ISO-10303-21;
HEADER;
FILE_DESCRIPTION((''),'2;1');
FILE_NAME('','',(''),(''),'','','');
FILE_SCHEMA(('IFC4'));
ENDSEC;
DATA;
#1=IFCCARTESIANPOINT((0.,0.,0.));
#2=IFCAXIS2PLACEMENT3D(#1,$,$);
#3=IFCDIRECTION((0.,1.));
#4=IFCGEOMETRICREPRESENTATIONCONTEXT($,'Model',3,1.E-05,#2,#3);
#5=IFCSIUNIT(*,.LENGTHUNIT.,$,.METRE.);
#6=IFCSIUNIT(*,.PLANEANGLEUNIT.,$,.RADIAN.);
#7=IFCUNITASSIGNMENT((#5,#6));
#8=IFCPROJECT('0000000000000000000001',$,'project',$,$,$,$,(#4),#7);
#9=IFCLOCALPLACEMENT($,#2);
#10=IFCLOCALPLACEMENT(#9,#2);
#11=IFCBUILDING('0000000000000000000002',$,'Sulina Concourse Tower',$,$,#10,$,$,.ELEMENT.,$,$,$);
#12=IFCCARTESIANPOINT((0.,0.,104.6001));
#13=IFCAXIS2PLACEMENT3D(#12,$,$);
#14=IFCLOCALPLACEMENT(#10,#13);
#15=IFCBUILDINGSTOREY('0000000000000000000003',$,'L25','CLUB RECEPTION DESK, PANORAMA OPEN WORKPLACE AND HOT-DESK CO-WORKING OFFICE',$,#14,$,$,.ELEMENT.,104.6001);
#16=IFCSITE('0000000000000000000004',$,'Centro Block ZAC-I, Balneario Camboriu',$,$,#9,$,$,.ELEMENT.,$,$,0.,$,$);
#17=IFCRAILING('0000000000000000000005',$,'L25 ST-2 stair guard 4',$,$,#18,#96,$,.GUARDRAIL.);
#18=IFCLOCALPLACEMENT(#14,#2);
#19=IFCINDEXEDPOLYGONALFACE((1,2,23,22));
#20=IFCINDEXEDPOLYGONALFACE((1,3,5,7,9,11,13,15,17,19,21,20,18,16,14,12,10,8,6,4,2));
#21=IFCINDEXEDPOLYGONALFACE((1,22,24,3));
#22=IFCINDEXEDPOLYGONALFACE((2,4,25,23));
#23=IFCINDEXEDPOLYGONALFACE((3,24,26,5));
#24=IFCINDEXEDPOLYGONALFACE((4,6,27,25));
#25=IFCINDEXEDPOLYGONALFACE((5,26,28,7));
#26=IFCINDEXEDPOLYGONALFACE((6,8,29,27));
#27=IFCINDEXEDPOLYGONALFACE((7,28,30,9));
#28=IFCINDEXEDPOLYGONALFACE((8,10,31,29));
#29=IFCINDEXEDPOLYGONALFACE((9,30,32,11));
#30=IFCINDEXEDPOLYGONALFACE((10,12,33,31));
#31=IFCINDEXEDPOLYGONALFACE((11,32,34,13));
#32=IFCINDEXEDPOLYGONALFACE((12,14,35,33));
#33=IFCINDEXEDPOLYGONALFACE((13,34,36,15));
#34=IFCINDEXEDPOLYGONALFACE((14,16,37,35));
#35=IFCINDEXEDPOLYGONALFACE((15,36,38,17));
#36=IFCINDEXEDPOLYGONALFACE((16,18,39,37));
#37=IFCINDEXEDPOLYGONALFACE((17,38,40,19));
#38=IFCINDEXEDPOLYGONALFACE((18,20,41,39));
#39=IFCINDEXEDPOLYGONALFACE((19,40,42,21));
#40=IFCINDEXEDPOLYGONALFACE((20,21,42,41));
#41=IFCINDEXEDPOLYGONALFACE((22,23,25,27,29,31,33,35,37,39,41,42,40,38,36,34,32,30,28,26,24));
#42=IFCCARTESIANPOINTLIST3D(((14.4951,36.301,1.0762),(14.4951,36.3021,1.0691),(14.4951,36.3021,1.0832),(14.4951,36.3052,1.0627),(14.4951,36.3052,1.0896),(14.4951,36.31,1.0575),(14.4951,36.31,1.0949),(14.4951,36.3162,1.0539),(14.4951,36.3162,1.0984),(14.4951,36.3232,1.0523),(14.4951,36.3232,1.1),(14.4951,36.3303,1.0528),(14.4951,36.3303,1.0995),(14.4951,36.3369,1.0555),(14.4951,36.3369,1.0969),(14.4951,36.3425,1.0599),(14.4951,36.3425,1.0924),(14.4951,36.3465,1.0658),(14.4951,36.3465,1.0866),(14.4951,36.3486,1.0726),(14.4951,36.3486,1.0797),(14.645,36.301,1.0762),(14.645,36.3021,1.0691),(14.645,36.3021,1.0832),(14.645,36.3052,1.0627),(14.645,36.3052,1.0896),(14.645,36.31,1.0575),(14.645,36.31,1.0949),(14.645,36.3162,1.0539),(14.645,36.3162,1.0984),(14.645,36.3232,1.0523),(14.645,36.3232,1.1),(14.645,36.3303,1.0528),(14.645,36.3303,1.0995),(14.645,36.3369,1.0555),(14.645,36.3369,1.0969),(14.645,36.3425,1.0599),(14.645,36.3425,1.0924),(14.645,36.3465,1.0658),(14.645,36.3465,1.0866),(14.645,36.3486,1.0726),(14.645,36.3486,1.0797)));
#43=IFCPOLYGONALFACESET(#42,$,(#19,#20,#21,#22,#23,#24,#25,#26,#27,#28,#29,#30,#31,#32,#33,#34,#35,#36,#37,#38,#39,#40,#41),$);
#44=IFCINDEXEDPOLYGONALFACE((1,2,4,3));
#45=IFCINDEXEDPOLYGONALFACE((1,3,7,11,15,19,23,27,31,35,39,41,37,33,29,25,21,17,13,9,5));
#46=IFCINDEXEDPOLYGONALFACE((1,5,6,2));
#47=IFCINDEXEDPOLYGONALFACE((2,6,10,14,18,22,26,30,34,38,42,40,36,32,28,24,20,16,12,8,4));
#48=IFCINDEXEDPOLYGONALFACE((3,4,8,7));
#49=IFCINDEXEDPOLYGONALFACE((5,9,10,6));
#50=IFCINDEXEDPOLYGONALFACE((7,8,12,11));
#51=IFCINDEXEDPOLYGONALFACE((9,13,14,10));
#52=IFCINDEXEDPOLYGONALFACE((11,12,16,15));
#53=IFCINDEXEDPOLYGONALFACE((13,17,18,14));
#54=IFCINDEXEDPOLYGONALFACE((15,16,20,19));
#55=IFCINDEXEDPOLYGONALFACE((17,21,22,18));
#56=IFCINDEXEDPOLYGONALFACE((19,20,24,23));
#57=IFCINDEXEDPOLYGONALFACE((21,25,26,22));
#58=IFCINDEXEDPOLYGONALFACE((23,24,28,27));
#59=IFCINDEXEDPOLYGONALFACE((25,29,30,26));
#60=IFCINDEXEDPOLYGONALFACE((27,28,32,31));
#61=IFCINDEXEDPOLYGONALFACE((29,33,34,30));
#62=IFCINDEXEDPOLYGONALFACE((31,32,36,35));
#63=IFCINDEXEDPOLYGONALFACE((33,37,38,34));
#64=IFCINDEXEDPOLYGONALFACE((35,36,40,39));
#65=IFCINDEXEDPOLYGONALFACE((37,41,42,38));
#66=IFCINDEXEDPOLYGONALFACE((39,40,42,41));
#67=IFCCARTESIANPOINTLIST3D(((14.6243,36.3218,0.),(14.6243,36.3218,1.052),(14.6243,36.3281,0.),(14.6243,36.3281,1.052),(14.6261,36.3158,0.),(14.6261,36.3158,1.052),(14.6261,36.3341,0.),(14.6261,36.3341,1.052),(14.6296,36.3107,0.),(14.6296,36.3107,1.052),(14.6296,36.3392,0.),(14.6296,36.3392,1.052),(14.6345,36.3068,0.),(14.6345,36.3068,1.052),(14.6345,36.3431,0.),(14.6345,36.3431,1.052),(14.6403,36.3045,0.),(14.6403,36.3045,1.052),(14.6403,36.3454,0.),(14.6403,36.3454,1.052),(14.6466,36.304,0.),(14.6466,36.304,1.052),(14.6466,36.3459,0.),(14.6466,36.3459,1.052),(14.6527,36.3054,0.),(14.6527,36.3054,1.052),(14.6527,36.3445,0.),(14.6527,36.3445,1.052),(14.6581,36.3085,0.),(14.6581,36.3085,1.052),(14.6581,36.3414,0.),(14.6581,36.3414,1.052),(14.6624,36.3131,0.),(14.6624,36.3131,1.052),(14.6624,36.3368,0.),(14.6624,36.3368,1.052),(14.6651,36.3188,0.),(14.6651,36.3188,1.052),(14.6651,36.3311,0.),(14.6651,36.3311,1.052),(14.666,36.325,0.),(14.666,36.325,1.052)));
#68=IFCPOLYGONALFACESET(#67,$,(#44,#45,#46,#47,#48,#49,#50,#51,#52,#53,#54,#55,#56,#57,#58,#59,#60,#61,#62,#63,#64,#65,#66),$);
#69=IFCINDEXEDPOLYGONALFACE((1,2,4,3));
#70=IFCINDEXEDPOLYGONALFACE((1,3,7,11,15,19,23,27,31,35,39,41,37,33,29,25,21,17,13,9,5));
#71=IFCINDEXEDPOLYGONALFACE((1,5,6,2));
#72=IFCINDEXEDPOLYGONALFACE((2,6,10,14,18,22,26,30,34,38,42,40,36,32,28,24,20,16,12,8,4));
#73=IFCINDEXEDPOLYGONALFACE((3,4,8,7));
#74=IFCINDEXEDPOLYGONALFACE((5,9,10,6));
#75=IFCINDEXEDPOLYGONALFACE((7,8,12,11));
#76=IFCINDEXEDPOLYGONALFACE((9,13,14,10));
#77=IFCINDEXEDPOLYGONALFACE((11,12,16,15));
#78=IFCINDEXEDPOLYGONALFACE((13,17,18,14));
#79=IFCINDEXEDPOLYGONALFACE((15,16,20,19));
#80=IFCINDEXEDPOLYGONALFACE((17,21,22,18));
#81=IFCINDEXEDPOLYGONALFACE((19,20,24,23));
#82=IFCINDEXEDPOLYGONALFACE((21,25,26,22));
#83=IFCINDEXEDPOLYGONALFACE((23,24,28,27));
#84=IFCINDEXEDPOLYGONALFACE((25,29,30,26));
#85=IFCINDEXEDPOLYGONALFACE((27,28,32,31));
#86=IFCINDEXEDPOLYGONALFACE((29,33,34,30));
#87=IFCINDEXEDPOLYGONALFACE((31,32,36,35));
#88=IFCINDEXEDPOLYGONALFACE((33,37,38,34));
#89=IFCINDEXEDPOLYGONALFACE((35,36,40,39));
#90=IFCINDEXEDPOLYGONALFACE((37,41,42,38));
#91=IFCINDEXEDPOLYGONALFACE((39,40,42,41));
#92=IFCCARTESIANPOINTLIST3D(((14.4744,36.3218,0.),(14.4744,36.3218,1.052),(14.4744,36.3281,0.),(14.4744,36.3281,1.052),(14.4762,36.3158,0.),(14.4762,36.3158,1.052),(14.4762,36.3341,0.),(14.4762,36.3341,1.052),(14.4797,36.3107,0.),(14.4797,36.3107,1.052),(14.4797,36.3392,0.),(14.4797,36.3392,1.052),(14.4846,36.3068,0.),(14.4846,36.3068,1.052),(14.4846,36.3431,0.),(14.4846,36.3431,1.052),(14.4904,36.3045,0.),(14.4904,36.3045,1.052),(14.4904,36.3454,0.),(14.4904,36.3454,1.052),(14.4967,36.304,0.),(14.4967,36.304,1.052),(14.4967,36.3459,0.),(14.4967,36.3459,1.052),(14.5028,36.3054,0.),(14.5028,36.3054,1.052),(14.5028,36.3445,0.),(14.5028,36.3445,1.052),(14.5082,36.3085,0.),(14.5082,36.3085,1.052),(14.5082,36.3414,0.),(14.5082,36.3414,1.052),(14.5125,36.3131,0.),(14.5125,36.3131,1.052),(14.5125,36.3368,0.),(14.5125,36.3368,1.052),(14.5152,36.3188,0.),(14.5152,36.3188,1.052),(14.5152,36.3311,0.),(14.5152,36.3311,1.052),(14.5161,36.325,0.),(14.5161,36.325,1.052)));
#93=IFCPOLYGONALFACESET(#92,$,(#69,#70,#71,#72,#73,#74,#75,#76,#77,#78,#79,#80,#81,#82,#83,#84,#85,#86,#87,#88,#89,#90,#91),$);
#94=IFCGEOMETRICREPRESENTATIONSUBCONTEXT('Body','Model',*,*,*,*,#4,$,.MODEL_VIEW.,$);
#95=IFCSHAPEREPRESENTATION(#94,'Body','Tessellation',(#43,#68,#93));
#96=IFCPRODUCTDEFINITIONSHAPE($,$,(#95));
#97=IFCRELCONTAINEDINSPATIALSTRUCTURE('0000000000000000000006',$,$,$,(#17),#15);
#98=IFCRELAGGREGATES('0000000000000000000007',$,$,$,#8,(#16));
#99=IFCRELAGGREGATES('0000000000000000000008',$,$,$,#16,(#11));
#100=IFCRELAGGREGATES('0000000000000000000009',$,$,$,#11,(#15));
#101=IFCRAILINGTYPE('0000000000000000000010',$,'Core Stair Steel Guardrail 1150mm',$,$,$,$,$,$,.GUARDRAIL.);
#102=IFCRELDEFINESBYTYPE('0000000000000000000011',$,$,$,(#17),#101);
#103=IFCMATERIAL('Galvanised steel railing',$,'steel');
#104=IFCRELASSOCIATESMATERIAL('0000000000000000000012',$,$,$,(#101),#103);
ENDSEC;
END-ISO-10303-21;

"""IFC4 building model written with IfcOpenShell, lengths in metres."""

from ifc_helpers import new_model, si_unit, direction, frame, origin, origin_2d, place, context, subcontext, project, spatial, circle, extrude, material, type_object, element, save


model = new_model("IFC4")

# Units and contexts
model_context = context("Model", 3, precision=1e-05, world=origin(), true_north=direction((0.0, 1.0)))
body_context = subcontext(model_context, "Body", "Model", "MODEL_VIEW")
ifc_project = project(units=[si_unit("LENGTHUNIT", "METRE"), si_unit("PLANEANGLEUNIT", "RADIAN")], contexts=[model_context])

# Site, building, storey
site_placement = place(None, origin())
site = spatial("IfcSite", under=ifc_project, at=site_placement, Name="Centro Block ZAC-I, Balneario Camboriu", CompositionType="ELEMENT", RefElevation=0.0)
building_placement = place(site_placement, origin())
building = spatial("IfcBuilding", under=site, at=building_placement, Name="Sulina Concourse Tower", CompositionType="ELEMENT")
storey_placement = place(building_placement, frame((0.0, 0.0, 104.6001)))
storey = spatial("IfcBuildingStorey", under=building, at=storey_placement, Name="L25", Description="CLUB RECEPTION DESK, PANORAMA OPEN WORKPLACE AND HOT-DESK CO-WORKING OFFICE", CompositionType="ELEMENT", Elevation=104.6001)

# Railing
ifc_material_1 = material(Name="Galvanised steel railing", Category="steel")
railing_type_1 = type_object("IfcRailingType", Name="Core Stair Steel Guardrail 1150mm", PredefinedType="GUARDRAIL", material=ifc_material_1)
railing_1_placement = place(storey_placement, frame((14.645, 36.325, 0.0)))
element("IfcRailing", 1, at=railing_1_placement, inside=storey, type_object=railing_type_1, Name="L25 ST-2 stair guard 4", PredefinedType="GUARDRAIL", context=body_context, shape_type="SweptSolid", body=[
    extrude(circle(Radius=0.0239, at=origin_2d()), frame((0.0, 0.0, 1.0762), z_axis=(-1.0, 0.0, 0.0), x_axis=(0.0, -1.0, 0.0)), (0.0, 0.0, 1.0), 0.1499),
    extrude(circle(Radius=0.021, at=origin_2d()), origin(), (0.0, 0.0, 1.0), 1.052),
    extrude(circle(Radius=0.021, at=origin_2d()), frame((-0.1499, 0.0, 0.0)), (0.0, 0.0, 1.0), 1.052),
])

save(model, "model.ifc")
